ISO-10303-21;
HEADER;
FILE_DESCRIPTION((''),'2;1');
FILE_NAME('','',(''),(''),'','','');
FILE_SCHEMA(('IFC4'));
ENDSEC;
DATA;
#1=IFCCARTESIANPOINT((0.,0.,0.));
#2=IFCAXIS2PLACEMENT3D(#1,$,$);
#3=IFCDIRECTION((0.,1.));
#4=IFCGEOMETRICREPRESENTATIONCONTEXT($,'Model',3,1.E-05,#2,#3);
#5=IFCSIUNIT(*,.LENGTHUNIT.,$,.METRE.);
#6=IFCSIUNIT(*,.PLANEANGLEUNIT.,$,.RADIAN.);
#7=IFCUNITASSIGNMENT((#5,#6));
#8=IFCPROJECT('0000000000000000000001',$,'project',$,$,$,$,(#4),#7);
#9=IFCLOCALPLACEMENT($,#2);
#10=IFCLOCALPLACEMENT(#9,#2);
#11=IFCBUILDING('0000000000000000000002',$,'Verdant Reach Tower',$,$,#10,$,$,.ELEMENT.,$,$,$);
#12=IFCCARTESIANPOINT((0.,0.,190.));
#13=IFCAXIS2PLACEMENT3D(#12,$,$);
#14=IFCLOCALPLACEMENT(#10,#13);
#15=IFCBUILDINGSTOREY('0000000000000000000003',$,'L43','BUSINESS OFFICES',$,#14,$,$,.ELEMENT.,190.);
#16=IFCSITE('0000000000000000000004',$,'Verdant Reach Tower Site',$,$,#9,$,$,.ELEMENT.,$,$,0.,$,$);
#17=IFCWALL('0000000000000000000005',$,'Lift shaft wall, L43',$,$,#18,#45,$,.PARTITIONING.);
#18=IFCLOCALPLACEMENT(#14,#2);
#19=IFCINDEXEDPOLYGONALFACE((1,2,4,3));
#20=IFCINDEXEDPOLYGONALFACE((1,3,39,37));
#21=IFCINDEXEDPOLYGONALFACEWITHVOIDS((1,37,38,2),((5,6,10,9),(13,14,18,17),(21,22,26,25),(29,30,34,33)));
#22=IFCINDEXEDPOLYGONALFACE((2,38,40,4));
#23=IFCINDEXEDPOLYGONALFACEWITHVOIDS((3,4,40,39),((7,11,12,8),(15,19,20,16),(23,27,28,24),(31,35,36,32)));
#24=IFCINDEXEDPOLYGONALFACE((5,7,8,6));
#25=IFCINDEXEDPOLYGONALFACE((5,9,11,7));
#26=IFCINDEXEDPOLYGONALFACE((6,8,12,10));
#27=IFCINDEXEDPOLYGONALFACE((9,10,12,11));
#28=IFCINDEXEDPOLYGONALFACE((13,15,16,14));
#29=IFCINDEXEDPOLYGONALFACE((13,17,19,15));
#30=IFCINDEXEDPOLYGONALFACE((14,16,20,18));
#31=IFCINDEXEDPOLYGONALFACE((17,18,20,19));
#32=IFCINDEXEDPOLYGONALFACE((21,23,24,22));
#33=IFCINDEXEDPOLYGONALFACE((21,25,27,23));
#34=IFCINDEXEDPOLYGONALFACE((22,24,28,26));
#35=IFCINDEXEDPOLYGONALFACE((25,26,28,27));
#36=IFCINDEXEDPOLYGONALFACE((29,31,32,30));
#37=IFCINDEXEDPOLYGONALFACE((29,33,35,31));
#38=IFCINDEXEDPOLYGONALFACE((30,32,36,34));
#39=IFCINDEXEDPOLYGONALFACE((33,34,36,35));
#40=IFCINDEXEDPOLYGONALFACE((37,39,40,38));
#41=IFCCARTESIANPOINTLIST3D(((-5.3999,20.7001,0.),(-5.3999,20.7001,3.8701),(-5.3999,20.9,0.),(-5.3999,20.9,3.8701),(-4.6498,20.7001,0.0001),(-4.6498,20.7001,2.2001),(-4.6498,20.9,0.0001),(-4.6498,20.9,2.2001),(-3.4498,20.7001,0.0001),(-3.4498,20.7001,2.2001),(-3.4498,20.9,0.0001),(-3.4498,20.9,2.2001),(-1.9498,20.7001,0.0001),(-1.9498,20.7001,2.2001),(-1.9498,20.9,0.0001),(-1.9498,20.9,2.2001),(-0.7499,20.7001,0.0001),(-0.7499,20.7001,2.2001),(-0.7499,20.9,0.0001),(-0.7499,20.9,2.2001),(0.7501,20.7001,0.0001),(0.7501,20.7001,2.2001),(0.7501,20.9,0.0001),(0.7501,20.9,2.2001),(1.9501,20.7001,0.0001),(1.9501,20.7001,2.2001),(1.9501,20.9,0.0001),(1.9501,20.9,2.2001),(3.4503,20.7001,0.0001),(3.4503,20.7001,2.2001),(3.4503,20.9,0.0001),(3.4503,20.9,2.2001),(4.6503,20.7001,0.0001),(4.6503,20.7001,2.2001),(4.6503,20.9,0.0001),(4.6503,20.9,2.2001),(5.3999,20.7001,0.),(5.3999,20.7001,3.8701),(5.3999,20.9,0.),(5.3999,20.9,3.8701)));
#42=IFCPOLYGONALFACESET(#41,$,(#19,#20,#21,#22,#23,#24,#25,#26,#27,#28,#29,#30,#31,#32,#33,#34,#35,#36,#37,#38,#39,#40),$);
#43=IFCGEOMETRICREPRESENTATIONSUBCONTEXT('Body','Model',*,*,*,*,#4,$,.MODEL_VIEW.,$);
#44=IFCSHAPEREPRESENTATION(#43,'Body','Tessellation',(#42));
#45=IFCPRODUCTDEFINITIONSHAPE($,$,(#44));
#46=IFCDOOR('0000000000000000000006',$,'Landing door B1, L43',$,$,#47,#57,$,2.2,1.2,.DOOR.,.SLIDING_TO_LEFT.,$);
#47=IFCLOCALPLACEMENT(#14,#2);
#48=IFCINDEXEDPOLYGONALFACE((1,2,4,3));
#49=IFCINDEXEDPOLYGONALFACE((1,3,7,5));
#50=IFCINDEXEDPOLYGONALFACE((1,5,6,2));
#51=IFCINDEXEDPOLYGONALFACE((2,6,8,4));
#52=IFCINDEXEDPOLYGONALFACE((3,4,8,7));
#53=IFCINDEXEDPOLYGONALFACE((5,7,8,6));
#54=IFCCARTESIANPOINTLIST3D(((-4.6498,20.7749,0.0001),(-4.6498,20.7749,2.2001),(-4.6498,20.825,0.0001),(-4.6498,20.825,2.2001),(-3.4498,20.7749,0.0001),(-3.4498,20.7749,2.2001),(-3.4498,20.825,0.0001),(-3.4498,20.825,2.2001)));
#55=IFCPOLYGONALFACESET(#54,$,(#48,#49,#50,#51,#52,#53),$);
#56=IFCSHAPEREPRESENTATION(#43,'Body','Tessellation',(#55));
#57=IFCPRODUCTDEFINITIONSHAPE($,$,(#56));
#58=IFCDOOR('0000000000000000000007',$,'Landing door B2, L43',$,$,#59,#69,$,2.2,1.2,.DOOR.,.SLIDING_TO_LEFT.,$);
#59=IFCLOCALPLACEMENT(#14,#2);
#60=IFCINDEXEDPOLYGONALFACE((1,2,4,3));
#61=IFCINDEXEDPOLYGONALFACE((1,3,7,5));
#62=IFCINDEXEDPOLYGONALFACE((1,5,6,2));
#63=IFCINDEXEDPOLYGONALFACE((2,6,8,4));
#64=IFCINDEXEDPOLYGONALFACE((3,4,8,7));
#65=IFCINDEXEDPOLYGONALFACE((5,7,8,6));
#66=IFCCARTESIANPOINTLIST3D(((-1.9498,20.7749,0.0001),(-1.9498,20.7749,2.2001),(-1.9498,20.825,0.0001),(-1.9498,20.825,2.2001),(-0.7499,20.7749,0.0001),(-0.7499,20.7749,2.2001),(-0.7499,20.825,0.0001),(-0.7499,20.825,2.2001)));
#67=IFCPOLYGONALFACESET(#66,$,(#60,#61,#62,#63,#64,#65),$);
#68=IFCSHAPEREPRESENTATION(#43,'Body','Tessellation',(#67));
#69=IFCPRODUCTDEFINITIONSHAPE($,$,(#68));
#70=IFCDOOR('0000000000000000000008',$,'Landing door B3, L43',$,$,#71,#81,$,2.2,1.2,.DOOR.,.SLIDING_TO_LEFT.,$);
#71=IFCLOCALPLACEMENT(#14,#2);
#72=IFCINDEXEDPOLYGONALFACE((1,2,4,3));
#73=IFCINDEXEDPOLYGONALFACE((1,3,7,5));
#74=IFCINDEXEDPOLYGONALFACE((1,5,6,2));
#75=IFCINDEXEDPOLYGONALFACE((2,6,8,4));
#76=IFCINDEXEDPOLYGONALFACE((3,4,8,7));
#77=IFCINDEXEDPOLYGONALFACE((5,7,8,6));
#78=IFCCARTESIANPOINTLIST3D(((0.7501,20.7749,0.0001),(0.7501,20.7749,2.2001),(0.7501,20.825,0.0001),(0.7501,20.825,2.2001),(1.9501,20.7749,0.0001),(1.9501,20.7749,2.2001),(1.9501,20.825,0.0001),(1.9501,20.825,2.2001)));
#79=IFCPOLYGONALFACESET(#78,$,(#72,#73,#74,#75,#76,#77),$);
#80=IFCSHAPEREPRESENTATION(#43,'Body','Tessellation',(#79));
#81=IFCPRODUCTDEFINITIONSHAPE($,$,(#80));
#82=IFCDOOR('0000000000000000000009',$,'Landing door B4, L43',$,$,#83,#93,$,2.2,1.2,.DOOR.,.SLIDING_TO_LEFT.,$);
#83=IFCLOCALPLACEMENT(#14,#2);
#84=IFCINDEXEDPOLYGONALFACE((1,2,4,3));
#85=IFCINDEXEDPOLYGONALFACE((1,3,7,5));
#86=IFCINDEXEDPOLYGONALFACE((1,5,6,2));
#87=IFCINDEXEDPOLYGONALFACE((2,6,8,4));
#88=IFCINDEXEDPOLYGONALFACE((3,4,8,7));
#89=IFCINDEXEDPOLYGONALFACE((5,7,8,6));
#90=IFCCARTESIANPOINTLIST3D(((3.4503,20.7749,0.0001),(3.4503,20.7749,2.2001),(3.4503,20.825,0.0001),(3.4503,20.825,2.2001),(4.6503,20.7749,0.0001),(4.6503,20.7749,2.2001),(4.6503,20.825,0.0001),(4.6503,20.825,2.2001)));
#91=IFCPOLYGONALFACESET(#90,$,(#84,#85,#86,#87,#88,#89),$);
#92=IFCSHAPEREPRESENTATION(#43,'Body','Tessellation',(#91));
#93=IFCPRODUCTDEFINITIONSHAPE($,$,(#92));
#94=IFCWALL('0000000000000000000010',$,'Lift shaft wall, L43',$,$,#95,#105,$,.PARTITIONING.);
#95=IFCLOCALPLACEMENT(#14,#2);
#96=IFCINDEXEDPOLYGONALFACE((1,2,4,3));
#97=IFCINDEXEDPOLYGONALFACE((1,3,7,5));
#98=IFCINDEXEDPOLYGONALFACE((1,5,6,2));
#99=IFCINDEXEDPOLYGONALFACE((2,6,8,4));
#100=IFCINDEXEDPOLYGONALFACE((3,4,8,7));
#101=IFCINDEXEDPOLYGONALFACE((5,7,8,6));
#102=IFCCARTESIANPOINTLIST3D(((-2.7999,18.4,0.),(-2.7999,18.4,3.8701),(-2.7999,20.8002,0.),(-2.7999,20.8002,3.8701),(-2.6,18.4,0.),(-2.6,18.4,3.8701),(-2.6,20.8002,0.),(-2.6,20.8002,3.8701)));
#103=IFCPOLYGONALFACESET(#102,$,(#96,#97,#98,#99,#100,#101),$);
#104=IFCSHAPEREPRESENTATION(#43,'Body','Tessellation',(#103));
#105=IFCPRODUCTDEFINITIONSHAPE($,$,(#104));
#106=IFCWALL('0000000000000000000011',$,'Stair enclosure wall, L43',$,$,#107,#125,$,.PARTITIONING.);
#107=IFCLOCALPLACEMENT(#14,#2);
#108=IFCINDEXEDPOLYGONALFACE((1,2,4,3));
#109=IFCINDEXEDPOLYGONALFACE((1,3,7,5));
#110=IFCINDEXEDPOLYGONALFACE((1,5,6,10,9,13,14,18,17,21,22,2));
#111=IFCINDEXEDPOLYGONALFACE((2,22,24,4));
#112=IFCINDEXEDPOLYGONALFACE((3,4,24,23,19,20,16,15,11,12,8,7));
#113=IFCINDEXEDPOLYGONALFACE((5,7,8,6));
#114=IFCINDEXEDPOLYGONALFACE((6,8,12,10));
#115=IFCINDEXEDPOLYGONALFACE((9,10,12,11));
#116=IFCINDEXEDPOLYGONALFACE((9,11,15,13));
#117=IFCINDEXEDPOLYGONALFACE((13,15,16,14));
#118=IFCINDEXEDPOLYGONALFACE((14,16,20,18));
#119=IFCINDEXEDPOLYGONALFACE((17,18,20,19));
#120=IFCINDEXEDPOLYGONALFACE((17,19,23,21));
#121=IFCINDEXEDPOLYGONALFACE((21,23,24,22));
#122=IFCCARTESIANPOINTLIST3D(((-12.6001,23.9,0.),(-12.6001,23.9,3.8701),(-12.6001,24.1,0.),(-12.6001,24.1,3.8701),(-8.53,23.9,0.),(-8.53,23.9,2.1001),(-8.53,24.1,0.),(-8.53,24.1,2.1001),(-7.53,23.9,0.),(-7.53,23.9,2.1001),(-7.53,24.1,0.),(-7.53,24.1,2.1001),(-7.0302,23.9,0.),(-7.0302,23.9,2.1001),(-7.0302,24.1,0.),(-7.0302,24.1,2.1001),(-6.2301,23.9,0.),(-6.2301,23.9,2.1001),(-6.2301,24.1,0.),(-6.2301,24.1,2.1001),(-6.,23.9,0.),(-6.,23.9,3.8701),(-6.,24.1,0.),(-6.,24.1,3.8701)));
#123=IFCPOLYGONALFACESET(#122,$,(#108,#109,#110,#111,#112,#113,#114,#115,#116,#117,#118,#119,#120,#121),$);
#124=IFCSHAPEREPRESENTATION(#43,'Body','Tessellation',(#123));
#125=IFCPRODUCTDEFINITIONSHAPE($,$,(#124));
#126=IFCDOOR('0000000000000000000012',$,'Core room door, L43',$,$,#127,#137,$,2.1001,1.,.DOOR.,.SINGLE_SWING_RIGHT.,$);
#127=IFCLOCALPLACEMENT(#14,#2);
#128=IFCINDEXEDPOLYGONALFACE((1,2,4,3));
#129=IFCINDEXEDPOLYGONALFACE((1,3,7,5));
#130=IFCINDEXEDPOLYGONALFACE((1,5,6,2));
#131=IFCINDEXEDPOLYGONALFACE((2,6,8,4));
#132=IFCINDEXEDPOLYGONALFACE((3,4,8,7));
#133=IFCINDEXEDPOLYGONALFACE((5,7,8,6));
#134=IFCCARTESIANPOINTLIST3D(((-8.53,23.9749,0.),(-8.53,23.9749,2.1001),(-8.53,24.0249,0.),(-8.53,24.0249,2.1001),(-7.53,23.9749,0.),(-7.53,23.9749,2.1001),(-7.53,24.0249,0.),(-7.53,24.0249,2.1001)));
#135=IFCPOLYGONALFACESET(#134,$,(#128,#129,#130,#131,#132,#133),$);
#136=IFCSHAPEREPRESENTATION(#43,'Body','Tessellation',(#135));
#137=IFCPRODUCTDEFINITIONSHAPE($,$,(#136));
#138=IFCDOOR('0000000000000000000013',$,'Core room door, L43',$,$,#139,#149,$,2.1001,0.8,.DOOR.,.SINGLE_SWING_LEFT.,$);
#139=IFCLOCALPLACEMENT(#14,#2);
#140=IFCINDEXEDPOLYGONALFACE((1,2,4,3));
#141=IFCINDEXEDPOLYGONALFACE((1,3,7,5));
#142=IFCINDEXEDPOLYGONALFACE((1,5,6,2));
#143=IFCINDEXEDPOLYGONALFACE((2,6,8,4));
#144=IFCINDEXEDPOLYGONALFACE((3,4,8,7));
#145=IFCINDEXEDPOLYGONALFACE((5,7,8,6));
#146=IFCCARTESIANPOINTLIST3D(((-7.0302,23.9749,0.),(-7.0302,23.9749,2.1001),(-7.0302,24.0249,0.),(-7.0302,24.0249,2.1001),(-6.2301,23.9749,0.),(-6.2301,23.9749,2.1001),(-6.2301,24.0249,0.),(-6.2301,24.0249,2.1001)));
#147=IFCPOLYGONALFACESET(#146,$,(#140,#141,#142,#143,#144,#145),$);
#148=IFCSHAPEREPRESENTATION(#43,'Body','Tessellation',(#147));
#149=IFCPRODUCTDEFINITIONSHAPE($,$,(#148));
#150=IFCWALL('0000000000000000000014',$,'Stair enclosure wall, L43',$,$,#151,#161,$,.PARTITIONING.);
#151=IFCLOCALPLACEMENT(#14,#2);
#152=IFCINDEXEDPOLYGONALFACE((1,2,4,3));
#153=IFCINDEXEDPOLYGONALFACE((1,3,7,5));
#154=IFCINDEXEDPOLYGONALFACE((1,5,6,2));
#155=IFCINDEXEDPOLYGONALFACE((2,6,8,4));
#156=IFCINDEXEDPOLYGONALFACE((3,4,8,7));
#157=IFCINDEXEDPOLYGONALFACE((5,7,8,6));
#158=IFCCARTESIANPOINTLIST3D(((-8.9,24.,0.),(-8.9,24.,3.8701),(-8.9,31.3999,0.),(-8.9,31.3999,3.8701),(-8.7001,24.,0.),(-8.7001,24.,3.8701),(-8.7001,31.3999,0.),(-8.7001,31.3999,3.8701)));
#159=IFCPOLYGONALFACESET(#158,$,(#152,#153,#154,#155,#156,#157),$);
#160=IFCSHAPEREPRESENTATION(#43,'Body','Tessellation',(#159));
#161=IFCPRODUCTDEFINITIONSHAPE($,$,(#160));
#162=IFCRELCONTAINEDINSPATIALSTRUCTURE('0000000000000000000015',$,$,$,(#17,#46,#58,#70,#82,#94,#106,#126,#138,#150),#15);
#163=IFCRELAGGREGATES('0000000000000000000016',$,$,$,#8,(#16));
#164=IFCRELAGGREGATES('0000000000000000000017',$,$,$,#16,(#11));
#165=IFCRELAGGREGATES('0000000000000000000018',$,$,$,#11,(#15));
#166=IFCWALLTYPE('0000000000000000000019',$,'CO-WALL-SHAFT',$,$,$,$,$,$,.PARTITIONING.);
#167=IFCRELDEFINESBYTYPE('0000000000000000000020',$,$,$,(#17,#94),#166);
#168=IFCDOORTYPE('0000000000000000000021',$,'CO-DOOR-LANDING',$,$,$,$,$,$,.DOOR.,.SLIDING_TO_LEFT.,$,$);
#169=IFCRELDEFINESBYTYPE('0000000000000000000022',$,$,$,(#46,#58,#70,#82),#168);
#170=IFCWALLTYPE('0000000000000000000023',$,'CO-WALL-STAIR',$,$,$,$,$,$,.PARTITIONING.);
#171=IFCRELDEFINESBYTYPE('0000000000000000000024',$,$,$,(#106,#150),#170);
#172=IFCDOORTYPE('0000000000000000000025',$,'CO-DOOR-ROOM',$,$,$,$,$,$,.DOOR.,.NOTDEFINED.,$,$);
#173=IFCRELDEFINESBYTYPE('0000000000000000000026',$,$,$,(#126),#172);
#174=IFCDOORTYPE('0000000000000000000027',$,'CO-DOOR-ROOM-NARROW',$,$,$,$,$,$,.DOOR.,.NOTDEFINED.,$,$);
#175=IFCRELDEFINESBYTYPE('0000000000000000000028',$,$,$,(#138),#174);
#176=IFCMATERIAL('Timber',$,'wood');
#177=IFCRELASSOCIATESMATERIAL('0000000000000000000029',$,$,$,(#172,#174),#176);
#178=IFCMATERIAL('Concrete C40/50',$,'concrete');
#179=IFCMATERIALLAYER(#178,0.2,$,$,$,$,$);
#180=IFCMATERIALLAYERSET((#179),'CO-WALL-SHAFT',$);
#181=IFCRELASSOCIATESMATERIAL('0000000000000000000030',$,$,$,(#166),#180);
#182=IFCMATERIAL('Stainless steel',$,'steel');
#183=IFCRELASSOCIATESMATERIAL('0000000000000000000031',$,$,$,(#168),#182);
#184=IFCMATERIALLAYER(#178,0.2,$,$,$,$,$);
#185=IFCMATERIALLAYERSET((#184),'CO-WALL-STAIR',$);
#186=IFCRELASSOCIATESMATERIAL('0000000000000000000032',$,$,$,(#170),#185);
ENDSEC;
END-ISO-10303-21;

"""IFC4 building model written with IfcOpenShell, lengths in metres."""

from ifc_helpers import new_model, si_unit, direction, frame, frame_2d, origin, place, context, subcontext, project, spatial, rectangle, extrude, material, layer, layer_set, type_object, element, fill, save


model = new_model("IFC4")

# Units and contexts
model_context = context("Model", 3, precision=1e-05, world=origin(), true_north=direction((0.0, 1.0)))
body_context = subcontext(model_context, "Body", "Model", "MODEL_VIEW")
ifc_project = project(units=[si_unit("LENGTHUNIT", "METRE"), si_unit("PLANEANGLEUNIT", "RADIAN")], contexts=[model_context])

# Site, building, storey
site_placement = place(None, origin())
site = spatial("IfcSite", under=ifc_project, at=site_placement, Name="Verdant Reach Tower Site", CompositionType="ELEMENT", RefElevation=0.0)
building_placement = place(site_placement, origin())
building = spatial("IfcBuilding", under=site, at=building_placement, Name="Verdant Reach Tower", CompositionType="ELEMENT")
storey_placement = place(building_placement, frame((0.0, 0.0, 190.0)))
storey = spatial("IfcBuildingStorey", under=building, at=storey_placement, Name="L43", Description="BUSINESS OFFICES", CompositionType="ELEMENT", Elevation=190.0)

# Shared definitions
ifc_material_1 = material(Name="Timber", Category="wood")
door_type_1 = type_object("IfcDoorType", Name="CO-DOOR-ROOM", OperationType="NOTDEFINED", PredefinedType="DOOR", material=ifc_material_1)

# Wall, openings, doors
ifc_material_2 = material(Name="Concrete C40/50", Category="concrete")
ifc_layer_1 = layer(ifc_material_2, 0.2)
ifc_layer_set_1 = layer_set([ifc_layer_1], Name="CO-WALL-SHAFT")
wall_type_1 = type_object("IfcWallType", Name="CO-WALL-SHAFT", PredefinedType="PARTITIONING", material=ifc_layer_set_1)
wall_1_placement = place(storey_placement, frame((-5.3999, 20.8, 0.0), z_axis=(0.0, 0.0, 1.0), x_axis=(1.0, 0.0, 0.0)))
wall_1 = element("IfcWall", 1, at=wall_1_placement, inside=storey, type_object=wall_type_1, Name="Lift shaft wall, L43", PredefinedType="PARTITIONING", context=body_context, shape_type="SweptSolid", body=[
    extrude(rectangle(XDim=10.7998, YDim=0.2, at=frame_2d((5.3999, 0.0))), origin(), (0.0, 0.0, 1.0), 3.8701),
])
opening_1_placement = place(wall_1_placement, frame((0.75, 0.0, 0.0)))
opening_1 = element("IfcOpeningElement", 2, at=opening_1_placement, cuts=wall_1, PredefinedType="OPENING", context=body_context, shape_type="SweptSolid", body=[
    extrude(rectangle(XDim=1.2, YDim=2.2, at=frame_2d((0.6001, 1.1001))), frame((0.0, 0.1099, 0.0), z_axis=(0.0, -1.0, 0.0), x_axis=(1.0, 0.0, 0.0)), (0.0, 0.0, 1.0), 0.22),
])
opening_2_placement = place(wall_1_placement, frame((3.45, 0.0, 0.0)))
opening_2 = element("IfcOpeningElement", 3, at=opening_2_placement, cuts=wall_1, PredefinedType="OPENING", context=body_context, shape_type="SweptSolid", body=[
    extrude(rectangle(XDim=1.2, YDim=2.2, at=frame_2d((0.6001, 1.1001))), frame((0.0, 0.1099, 0.0), z_axis=(0.0, -1.0, 0.0), x_axis=(1.0, 0.0, 0.0)), (0.0, 0.0, 1.0), 0.22),
])
opening_3_placement = place(wall_1_placement, frame((6.1499, 0.0, 0.0)))
opening_3 = element("IfcOpeningElement", 4, at=opening_3_placement, cuts=wall_1, PredefinedType="OPENING", context=body_context, shape_type="SweptSolid", body=[
    extrude(rectangle(XDim=1.2, YDim=2.2, at=frame_2d((0.6001, 1.1001))), frame((0.0, 0.1099, 0.0), z_axis=(0.0, -1.0, 0.0), x_axis=(1.0, 0.0, 0.0)), (0.0, 0.0, 1.0), 0.22),
])
opening_4_placement = place(wall_1_placement, frame((8.8501, 0.0, 0.0)))
opening_4 = element("IfcOpeningElement", 5, at=opening_4_placement, cuts=wall_1, PredefinedType="OPENING", context=body_context, shape_type="SweptSolid", body=[
    extrude(rectangle(XDim=1.2, YDim=2.2, at=frame_2d((0.6001, 1.1001))), frame((0.0, 0.1099, 0.0), z_axis=(0.0, -1.0, 0.0), x_axis=(1.0, 0.0, 0.0)), (0.0, 0.0, 1.0), 0.22),
])
ifc_material_3 = material(Name="Stainless steel", Category="steel")
door_type_2 = type_object("IfcDoorType", Name="CO-DOOR-LANDING", OperationType="SLIDING_TO_LEFT", PredefinedType="DOOR", material=ifc_material_3)
door_1_placement = place(opening_1_placement, origin())
door_1 = element("IfcDoor", 6, at=door_1_placement, inside=storey, type_object=door_type_2, Name="Landing door B1, L43", OperationType="SLIDING_TO_LEFT", OverallHeight=2.2, OverallWidth=1.2, PredefinedType="DOOR", context=body_context, shape_type="SweptSolid", body=[
    extrude(rectangle(XDim=1.2, YDim=2.2, at=frame_2d((0.6001, 1.1001))), frame((0.0, 0.0249, 0.0), z_axis=(0.0, -1.0, 0.0), x_axis=(1.0, 0.0, 0.0)), (0.0, 0.0, 1.0), 0.05),
])
fill(opening_1, door_1)
door_2_placement = place(opening_2_placement, origin())
door_2 = element("IfcDoor", 7, at=door_2_placement, inside=storey, type_object=door_type_2, Name="Landing door B2, L43", OperationType="SLIDING_TO_LEFT", OverallHeight=2.2, OverallWidth=1.2, PredefinedType="DOOR", context=body_context, shape_type="SweptSolid", body=[
    extrude(rectangle(XDim=1.2, YDim=2.2, at=frame_2d((0.6001, 1.1001))), frame((0.0, 0.0249, 0.0), z_axis=(0.0, -1.0, 0.0), x_axis=(1.0, 0.0, 0.0)), (0.0, 0.0, 1.0), 0.05),
])
fill(opening_2, door_2)
door_3_placement = place(opening_3_placement, origin())
door_3 = element("IfcDoor", 8, at=door_3_placement, inside=storey, type_object=door_type_2, Name="Landing door B3, L43", OperationType="SLIDING_TO_LEFT", OverallHeight=2.2, OverallWidth=1.2, PredefinedType="DOOR", context=body_context, shape_type="SweptSolid", body=[
    extrude(rectangle(XDim=1.2, YDim=2.2, at=frame_2d((0.6001, 1.1001))), frame((0.0, 0.0249, 0.0), z_axis=(0.0, -1.0, 0.0), x_axis=(1.0, 0.0, 0.0)), (0.0, 0.0, 1.0), 0.05),
])
fill(opening_3, door_3)
door_4_placement = place(opening_4_placement, origin())
door_4 = element("IfcDoor", 9, at=door_4_placement, inside=storey, type_object=door_type_2, Name="Landing door B4, L43", OperationType="SLIDING_TO_LEFT", OverallHeight=2.2, OverallWidth=1.2, PredefinedType="DOOR", context=body_context, shape_type="SweptSolid", body=[
    extrude(rectangle(XDim=1.2, YDim=2.2, at=frame_2d((0.6001, 1.1001))), frame((0.0, 0.0249, 0.0), z_axis=(0.0, -1.0, 0.0), x_axis=(1.0, 0.0, 0.0)), (0.0, 0.0, 1.0), 0.05),
])
fill(opening_4, door_4)

# Wall
wall_2_placement = place(storey_placement, frame((-2.7, 18.3999, 0.0), z_axis=(0.0, 0.0, 1.0), x_axis=(0.0, 1.0, 0.0)))
element("IfcWall", 10, at=wall_2_placement, inside=storey, type_object=wall_type_1, Name="Lift shaft wall, L43", PredefinedType="PARTITIONING", context=body_context, shape_type="SweptSolid", body=[
    extrude(rectangle(XDim=2.4001, YDim=0.2, at=frame_2d((1.2002, 0.0))), origin(), (0.0, 0.0, 1.0), 3.8701),
])

# Wall, openings, doors
ifc_layer_2 = layer(ifc_material_2, 0.2)
ifc_layer_set_2 = layer_set([ifc_layer_2], Name="CO-WALL-STAIR")
wall_type_2 = type_object("IfcWallType", Name="CO-WALL-STAIR", PredefinedType="PARTITIONING", material=ifc_layer_set_2)
wall_3_placement = place(storey_placement, frame((-12.6001, 24.0, 0.0), z_axis=(0.0, 0.0, 1.0), x_axis=(1.0, 0.0, 0.0)))
wall_3 = element("IfcWall", 11, at=wall_3_placement, inside=storey, type_object=wall_type_2, Name="Stair enclosure wall, L43", PredefinedType="PARTITIONING", context=body_context, shape_type="SweptSolid", body=[
    extrude(rectangle(XDim=6.6001, YDim=0.2, at=frame_2d((3.3, 0.0))), origin(), (0.0, 0.0, 1.0), 3.8701),
])
opening_5_placement = place(wall_3_placement, frame((4.0701, 0.0, 0.0)))
opening_5 = element("IfcOpeningElement", 12, at=opening_5_placement, cuts=wall_3, PredefinedType="OPENING", context=body_context, shape_type="SweptSolid", body=[
    extrude(rectangle(XDim=1.0, YDim=2.1001, at=frame_2d((0.5, 1.05))), frame((0.0, 0.1099, 0.0), z_axis=(0.0, -1.0, 0.0), x_axis=(1.0, 0.0, 0.0)), (0.0, 0.0, 1.0), 0.22),
])
opening_6_placement = place(wall_3_placement, frame((5.5701, 0.0, 0.0)))
opening_6 = element("IfcOpeningElement", 13, at=opening_6_placement, cuts=wall_3, PredefinedType="OPENING", context=body_context, shape_type="SweptSolid", body=[
    extrude(rectangle(XDim=0.8, YDim=2.1001, at=frame_2d((0.3999, 1.05))), frame((0.0, 0.1099, 0.0), z_axis=(0.0, -1.0, 0.0), x_axis=(1.0, 0.0, 0.0)), (0.0, 0.0, 1.0), 0.22),
])
door_5_placement = place(opening_5_placement, origin())
door_5 = element("IfcDoor", 14, at=door_5_placement, inside=storey, type_object=door_type_1, Name="Core room door, L43", OperationType="SINGLE_SWING_RIGHT", OverallHeight=2.1001, OverallWidth=1.0, PredefinedType="DOOR", context=body_context, shape_type="SweptSolid", body=[
    extrude(rectangle(XDim=1.0, YDim=2.1001, at=frame_2d((0.5, 1.05))), frame((0.0, 0.0249, 0.0), z_axis=(0.0, -1.0, 0.0), x_axis=(1.0, 0.0, 0.0)), (0.0, 0.0, 1.0), 0.05),
])
fill(opening_5, door_5)
door_type_3 = type_object("IfcDoorType", Name="CO-DOOR-ROOM-NARROW", OperationType="NOTDEFINED", PredefinedType="DOOR", material=ifc_material_1)
door_6_placement = place(opening_6_placement, origin())
door_6 = element("IfcDoor", 15, at=door_6_placement, inside=storey, type_object=door_type_3, Name="Core room door, L43", OperationType="SINGLE_SWING_LEFT", OverallHeight=2.1001, OverallWidth=0.8, PredefinedType="DOOR", context=body_context, shape_type="SweptSolid", body=[
    extrude(rectangle(XDim=0.8, YDim=2.1001, at=frame_2d((0.3999, 1.05))), frame((0.0, 0.0249, 0.0), z_axis=(0.0, -1.0, 0.0), x_axis=(1.0, 0.0, 0.0)), (0.0, 0.0, 1.0), 0.05),
])
fill(opening_6, door_6)

# Wall
wall_4_placement = place(storey_placement, frame((-8.8, 24.0, 0.0), z_axis=(0.0, 0.0, 1.0), x_axis=(0.0, 1.0, 0.0)))
element("IfcWall", 16, at=wall_4_placement, inside=storey, type_object=wall_type_2, Name="Stair enclosure wall, L43", PredefinedType="PARTITIONING", context=body_context, shape_type="SweptSolid", body=[
    extrude(rectangle(XDim=7.3999, YDim=0.2, at=frame_2d((3.7, 0.0))), origin(), (0.0, 0.0, 1.0), 3.8701),
])

save(model, "model.ifc")
